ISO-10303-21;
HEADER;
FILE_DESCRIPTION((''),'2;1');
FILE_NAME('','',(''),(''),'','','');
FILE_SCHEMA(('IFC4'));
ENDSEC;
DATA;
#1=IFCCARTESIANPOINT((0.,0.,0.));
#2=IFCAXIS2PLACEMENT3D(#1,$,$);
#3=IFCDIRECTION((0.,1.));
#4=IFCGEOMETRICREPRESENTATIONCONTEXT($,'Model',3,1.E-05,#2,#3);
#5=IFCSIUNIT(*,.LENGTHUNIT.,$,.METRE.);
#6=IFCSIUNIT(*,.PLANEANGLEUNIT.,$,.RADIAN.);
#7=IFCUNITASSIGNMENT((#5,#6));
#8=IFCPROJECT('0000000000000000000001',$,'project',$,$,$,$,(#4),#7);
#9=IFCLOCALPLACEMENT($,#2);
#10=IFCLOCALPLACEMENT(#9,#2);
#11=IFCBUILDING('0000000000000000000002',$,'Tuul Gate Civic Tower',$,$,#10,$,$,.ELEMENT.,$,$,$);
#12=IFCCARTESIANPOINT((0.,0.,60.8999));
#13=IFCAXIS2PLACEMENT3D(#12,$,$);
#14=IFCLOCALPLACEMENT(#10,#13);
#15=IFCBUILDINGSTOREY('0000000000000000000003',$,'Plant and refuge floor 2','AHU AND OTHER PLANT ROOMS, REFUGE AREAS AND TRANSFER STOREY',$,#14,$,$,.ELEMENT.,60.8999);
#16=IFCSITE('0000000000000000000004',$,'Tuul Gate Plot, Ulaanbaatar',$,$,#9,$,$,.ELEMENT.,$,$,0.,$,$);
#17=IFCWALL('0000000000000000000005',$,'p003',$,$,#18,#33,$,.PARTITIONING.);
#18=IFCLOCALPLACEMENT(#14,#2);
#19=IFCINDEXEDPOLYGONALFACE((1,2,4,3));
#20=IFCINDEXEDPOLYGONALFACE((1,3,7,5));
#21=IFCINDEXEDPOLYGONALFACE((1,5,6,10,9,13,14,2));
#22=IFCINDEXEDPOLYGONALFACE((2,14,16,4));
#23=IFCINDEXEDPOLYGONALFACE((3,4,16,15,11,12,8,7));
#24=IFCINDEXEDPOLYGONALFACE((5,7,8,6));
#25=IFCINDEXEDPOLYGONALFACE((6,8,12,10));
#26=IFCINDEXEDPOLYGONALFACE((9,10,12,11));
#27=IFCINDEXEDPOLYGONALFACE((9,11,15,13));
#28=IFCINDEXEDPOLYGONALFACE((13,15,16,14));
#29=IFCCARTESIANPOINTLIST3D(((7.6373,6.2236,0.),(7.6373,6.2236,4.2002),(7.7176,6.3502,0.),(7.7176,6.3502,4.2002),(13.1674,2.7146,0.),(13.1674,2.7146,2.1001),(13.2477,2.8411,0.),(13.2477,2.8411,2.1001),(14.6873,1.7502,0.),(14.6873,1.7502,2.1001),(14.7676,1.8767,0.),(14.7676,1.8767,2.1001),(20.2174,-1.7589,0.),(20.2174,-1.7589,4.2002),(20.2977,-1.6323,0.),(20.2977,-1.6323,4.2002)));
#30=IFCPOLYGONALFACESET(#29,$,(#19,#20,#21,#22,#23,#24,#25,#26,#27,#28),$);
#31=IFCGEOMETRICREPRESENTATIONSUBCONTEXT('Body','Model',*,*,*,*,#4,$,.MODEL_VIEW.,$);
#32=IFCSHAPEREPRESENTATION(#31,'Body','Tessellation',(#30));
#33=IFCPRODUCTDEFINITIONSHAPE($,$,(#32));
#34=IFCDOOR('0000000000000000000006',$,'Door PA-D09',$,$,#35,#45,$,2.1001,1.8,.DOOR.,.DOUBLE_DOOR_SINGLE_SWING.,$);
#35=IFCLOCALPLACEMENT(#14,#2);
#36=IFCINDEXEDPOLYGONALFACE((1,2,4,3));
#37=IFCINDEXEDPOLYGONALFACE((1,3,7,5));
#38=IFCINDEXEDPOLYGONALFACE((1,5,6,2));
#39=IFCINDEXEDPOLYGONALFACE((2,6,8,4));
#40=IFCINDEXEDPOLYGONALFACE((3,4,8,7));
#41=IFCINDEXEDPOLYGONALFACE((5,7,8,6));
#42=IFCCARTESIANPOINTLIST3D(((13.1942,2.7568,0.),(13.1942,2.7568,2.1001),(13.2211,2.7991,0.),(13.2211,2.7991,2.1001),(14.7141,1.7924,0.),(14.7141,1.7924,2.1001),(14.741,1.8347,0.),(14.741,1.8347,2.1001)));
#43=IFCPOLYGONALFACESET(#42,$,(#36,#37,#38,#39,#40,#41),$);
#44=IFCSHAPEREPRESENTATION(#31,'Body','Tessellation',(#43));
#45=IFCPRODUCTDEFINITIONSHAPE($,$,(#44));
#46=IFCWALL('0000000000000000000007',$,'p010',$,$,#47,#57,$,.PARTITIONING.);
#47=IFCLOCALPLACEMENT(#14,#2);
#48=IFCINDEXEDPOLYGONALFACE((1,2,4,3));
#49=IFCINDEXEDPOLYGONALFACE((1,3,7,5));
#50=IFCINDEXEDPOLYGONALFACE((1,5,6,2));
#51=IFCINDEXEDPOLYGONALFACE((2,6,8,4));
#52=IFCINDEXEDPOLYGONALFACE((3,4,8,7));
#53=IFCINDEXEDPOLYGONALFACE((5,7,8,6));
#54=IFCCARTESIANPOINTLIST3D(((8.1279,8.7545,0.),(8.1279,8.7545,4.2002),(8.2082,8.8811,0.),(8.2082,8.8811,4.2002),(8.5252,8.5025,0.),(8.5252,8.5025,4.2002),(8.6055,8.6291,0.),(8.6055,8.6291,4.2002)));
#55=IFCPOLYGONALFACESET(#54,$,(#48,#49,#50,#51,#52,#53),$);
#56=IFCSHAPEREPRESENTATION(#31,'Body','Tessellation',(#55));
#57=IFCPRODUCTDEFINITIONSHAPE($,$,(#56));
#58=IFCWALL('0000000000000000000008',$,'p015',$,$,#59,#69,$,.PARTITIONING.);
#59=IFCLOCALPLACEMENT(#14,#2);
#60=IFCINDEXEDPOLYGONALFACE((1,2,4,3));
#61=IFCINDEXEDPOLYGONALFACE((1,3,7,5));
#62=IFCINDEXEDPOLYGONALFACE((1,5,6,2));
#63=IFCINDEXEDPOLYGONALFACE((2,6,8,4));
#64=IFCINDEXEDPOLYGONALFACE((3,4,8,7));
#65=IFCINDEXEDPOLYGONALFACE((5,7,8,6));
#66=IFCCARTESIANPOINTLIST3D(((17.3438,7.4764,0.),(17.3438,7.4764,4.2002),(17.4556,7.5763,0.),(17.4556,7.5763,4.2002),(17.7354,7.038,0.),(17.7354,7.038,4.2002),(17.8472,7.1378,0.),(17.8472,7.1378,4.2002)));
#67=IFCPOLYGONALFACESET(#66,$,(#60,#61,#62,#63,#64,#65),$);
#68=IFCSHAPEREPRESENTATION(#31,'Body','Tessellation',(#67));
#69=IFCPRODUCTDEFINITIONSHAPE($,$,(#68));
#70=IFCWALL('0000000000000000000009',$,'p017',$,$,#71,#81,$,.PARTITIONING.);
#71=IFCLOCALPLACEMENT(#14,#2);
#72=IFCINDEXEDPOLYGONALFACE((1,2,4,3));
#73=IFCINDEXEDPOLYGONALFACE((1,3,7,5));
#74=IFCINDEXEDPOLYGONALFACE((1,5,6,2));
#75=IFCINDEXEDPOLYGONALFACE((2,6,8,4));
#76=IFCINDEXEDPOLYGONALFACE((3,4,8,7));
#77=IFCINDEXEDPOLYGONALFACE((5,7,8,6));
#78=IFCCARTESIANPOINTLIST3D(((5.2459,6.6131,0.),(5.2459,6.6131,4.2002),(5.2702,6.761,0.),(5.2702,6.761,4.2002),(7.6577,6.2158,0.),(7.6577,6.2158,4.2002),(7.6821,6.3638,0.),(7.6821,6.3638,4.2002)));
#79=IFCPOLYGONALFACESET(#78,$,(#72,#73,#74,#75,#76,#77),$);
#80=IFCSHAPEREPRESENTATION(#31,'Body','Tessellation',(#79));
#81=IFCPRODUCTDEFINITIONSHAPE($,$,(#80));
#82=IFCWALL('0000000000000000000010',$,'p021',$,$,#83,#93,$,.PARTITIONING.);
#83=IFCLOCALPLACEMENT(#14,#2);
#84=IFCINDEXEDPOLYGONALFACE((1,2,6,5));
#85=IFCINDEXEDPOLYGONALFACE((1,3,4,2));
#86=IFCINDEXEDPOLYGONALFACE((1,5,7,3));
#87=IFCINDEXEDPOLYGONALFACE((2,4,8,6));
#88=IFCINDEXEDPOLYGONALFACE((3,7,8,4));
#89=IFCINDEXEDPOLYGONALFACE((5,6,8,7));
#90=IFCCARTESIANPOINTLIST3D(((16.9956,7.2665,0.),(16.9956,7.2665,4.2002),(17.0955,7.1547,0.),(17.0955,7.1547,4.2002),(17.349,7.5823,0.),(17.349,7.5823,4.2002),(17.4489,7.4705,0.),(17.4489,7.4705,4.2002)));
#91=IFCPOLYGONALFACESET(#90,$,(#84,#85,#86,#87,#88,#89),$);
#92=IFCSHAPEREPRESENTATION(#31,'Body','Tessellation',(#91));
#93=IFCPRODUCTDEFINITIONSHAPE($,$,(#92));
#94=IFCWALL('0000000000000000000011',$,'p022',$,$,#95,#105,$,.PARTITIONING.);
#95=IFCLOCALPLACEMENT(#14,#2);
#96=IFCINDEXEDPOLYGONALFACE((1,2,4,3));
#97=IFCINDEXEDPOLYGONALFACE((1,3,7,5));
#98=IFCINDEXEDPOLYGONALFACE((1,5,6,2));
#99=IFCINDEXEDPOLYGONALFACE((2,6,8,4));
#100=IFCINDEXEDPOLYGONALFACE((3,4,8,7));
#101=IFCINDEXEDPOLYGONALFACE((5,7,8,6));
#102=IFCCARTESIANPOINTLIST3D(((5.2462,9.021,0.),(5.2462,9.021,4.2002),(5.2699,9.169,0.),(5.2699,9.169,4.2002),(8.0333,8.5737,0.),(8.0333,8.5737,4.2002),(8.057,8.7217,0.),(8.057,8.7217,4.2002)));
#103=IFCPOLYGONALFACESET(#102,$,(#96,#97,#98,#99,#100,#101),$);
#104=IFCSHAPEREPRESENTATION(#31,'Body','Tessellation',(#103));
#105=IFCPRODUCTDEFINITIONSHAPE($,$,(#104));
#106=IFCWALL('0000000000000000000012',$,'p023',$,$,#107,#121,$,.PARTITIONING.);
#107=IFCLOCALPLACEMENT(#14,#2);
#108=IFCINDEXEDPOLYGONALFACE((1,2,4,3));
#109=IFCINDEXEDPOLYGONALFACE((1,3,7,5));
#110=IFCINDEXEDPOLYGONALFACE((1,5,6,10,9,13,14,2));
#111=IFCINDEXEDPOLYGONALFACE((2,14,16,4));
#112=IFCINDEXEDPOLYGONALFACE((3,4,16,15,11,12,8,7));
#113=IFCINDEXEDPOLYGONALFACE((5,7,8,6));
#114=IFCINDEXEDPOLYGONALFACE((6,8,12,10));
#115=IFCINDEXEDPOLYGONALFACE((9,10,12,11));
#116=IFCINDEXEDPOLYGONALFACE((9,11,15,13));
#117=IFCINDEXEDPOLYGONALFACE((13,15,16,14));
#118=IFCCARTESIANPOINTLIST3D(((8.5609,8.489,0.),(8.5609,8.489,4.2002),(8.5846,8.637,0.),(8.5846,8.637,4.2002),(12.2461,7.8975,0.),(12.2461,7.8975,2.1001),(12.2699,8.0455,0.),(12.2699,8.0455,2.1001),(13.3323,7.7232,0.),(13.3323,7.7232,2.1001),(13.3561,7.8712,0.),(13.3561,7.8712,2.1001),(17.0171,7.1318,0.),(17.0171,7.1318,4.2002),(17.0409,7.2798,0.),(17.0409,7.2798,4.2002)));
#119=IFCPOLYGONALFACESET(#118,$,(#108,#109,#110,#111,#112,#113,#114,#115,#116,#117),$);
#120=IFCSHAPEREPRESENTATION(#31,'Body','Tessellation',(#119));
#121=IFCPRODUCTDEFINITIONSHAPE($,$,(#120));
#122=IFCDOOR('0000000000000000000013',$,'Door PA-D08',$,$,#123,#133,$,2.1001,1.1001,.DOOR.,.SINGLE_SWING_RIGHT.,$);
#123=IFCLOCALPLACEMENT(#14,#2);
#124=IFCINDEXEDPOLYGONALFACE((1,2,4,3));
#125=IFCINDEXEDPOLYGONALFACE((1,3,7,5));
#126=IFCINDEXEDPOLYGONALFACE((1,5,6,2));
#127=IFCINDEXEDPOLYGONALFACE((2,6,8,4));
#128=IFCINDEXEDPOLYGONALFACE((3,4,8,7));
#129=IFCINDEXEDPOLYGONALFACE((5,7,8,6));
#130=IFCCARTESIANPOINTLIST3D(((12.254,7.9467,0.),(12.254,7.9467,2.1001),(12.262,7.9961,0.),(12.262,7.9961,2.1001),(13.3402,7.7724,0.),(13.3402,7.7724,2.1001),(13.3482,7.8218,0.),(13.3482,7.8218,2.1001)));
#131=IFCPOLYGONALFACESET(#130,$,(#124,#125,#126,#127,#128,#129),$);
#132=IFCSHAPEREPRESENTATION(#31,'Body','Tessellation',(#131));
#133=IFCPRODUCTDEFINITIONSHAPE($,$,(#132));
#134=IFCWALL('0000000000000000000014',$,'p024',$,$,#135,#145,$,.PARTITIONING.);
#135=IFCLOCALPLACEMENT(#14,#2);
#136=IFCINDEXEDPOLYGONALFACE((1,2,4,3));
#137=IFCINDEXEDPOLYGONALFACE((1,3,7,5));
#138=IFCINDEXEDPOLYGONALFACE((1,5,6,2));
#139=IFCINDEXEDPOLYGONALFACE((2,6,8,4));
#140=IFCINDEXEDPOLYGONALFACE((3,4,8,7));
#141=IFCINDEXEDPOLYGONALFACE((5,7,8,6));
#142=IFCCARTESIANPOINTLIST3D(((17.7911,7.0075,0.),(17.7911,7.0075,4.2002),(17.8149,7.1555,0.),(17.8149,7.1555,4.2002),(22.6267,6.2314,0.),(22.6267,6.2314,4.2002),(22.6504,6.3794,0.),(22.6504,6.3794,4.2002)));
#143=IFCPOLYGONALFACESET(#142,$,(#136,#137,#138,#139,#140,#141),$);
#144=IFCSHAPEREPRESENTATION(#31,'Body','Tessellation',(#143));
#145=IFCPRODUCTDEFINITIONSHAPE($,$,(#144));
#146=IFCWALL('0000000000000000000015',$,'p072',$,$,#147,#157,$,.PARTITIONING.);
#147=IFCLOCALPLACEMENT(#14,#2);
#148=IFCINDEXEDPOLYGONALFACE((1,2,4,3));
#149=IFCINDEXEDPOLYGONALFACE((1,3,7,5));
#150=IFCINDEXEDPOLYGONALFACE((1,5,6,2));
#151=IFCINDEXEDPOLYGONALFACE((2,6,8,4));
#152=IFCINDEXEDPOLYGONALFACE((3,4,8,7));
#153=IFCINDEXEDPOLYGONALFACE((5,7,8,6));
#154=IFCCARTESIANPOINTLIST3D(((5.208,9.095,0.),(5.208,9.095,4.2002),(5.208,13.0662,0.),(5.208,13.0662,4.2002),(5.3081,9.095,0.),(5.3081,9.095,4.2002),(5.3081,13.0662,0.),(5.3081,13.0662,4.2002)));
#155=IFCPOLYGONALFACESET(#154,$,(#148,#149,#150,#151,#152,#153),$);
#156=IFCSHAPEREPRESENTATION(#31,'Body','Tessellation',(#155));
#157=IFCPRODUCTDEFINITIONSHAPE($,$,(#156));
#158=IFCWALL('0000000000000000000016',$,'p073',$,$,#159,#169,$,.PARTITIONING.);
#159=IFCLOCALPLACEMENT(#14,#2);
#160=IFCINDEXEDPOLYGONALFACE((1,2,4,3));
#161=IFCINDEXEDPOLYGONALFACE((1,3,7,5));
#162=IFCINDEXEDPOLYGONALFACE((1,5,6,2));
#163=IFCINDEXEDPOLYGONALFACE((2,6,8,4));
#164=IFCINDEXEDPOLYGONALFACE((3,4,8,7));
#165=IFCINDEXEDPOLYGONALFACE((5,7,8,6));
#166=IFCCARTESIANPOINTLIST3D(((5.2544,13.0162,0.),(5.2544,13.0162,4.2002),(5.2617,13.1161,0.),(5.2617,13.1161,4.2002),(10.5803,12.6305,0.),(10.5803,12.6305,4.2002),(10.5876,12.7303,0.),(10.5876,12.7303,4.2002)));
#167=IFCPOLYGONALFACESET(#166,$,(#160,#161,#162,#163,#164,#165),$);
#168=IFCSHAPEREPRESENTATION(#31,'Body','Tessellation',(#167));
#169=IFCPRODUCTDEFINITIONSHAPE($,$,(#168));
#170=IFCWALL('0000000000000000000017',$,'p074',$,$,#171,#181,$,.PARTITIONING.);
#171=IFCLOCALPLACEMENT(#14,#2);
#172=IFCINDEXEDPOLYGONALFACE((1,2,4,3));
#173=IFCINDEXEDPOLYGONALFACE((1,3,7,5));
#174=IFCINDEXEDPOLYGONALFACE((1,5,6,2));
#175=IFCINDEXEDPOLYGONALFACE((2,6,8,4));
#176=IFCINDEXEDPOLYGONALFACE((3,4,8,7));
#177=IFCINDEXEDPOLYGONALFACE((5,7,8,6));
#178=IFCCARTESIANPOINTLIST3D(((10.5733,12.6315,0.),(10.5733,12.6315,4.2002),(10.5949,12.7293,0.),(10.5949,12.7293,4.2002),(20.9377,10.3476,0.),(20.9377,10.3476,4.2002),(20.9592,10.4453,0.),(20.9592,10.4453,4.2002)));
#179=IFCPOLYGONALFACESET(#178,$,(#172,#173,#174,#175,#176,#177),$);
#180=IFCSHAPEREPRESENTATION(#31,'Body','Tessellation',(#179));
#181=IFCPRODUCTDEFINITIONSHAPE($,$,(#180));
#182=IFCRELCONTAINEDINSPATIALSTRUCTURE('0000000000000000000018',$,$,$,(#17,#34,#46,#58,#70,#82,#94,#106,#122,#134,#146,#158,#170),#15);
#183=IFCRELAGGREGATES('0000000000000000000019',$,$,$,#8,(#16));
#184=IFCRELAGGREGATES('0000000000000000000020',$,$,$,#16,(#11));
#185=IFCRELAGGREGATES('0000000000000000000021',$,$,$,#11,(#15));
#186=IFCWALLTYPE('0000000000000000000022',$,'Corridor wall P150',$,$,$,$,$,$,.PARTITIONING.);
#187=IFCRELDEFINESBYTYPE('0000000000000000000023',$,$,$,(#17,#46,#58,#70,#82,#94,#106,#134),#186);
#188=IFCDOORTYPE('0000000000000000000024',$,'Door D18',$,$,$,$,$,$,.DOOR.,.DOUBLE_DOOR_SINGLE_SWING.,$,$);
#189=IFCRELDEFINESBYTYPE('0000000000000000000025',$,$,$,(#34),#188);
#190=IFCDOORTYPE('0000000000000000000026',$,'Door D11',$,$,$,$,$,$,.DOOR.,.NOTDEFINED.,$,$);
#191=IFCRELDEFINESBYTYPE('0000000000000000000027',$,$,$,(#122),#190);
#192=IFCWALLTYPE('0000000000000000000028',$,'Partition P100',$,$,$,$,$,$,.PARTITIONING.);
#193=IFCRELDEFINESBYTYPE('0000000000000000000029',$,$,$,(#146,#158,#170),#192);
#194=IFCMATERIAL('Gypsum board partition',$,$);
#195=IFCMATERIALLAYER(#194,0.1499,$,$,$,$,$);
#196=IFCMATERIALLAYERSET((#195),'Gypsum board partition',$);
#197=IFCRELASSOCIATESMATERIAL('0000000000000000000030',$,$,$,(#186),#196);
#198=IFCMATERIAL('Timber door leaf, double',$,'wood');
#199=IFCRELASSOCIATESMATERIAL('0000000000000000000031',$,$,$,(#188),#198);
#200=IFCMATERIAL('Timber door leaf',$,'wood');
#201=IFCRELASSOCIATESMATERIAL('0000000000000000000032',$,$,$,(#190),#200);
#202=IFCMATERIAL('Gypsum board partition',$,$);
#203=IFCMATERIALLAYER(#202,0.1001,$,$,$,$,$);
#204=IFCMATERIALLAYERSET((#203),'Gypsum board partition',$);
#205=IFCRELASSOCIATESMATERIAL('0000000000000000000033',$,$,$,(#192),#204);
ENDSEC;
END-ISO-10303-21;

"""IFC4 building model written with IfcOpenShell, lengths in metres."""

from ifc_helpers import new_model, si_unit, direction, frame, frame_2d, origin, place, context, subcontext, project, spatial, rectangle, extrude, material, layer, layer_set, type_object, element, fill, save


model = new_model("IFC4")

# Units and contexts
model_context = context("Model", 3, precision=1e-05, world=origin(), true_north=direction((0.0, 1.0)))
body_context = subcontext(model_context, "Body", "Model", "MODEL_VIEW")
ifc_project = project(units=[si_unit("LENGTHUNIT", "METRE"), si_unit("PLANEANGLEUNIT", "RADIAN")], contexts=[model_context])

# Site, building, storey
site_placement = place(None, origin())
site = spatial("IfcSite", under=ifc_project, at=site_placement, Name="Tuul Gate Plot, Ulaanbaatar", CompositionType="ELEMENT", RefElevation=0.0)
building_placement = place(site_placement, origin())
building = spatial("IfcBuilding", under=site, at=building_placement, Name="Tuul Gate Civic Tower", CompositionType="ELEMENT")
storey_placement = place(building_placement, frame((0.0, 0.0, 60.8999)))
storey = spatial("IfcBuildingStorey", under=building, at=storey_placement, Name="Plant and refuge floor 2", Description="AHU AND OTHER PLANT ROOMS, REFUGE AREAS AND TRANSFER STOREY", CompositionType="ELEMENT", Elevation=60.8999)

# Wall, opening, door
ifc_material_1 = material(Name="Gypsum board partition")
ifc_layer_1 = layer(ifc_material_1, 0.1499)
ifc_layer_set_1 = layer_set([ifc_layer_1], Name="Gypsum board partition")
wall_type_1 = type_object("IfcWallType", Name="Corridor wall P150", PredefinedType="PARTITIONING", material=ifc_layer_set_1)
wall_1_placement = place(storey_placement, frame((7.6775, 6.2869, 0.0), z_axis=(0.0, 0.0, 1.0), x_axis=(0.844362, -0.535772, 0.0)))
wall_1 = element("IfcWall", 1, at=wall_1_placement, inside=storey, type_object=wall_type_1, Name="p003", PredefinedType="PARTITIONING", context=body_context, shape_type="SweptSolid", body=[
    extrude(rectangle(XDim=14.8989, YDim=0.1499, at=frame_2d((7.4495, 0.0))), origin(), (0.0, 0.0, 1.0), 4.2002),
])
opening_1_placement = place(wall_1_placement, frame((6.5496, 0.0, 0.0)))
opening_1 = element("IfcOpeningElement", 2, at=opening_1_placement, cuts=wall_1, PredefinedType="OPENING", context=body_context, shape_type="SweptSolid", body=[
    extrude(rectangle(XDim=1.8, YDim=2.1001, at=frame_2d((0.8999, 1.05))), frame((0.0, 0.085, 0.0), z_axis=(0.0, -1.0, 0.0), x_axis=(1.0, 0.0, 0.0)), (0.0, 0.0, 1.0), 0.1699),
])
ifc_material_2 = material(Name="Timber door leaf, double", Category="wood")
door_type_1 = type_object("IfcDoorType", Name="Door D18", OperationType="DOUBLE_DOOR_SINGLE_SWING", PredefinedType="DOOR", material=ifc_material_2)
door_1_placement = place(opening_1_placement, frame((1.8, 0.0, 0.0), z_axis=(0.0, 0.0, 1.0), x_axis=(-1.0, 0.0, 0.0)))
door_1 = element("IfcDoor", 3, at=door_1_placement, inside=storey, type_object=door_type_1, Name="Door PA-D09", OperationType="DOUBLE_DOOR_SINGLE_SWING", OverallHeight=2.1001, OverallWidth=1.8, PredefinedType="DOOR", context=body_context, shape_type="SweptSolid", body=[
    extrude(rectangle(XDim=1.8, YDim=2.1001, at=frame_2d((0.9001, 1.05))), frame((0.0, 0.0249, 0.0), z_axis=(0.0, -1.0, 0.0), x_axis=(1.0, 0.0, 0.0)), (0.0, 0.0, 1.0), 0.05),
])
fill(opening_1, door_1)

# Walls
wall_2_placement = place(storey_placement, frame((8.168, 8.8179, 0.0), z_axis=(0.0, 0.0, 1.0), x_axis=(0.844451, -0.535632, 0.0)))
element("IfcWall", 4, at=wall_2_placement, inside=storey, type_object=wall_type_1, Name="p010", PredefinedType="PARTITIONING", context=body_context, shape_type="SweptSolid", body=[
    extrude(rectangle(XDim=0.4705, YDim=0.1499, at=frame_2d((0.2354, 0.0))), origin(), (0.0, 0.0, 1.0), 4.2002),
])
wall_3_placement = place(storey_placement, frame((17.3997, 7.5264, 0.0), z_axis=(0.0, 0.0, 1.0), x_axis=(0.666115, -0.745849, 0.0)))
element("IfcWall", 5, at=wall_3_placement, inside=storey, type_object=wall_type_1, Name="p015", PredefinedType="PARTITIONING", context=body_context, shape_type="SweptSolid", body=[
    extrude(rectangle(XDim=0.5879, YDim=0.1499, at=frame_2d((0.2939, 0.0))), origin(), (0.0, 0.0, 1.0), 4.2002),
])
wall_4_placement = place(storey_placement, frame((5.2581, 6.687, 0.0), z_axis=(0.0, 0.0, 1.0), x_axis=(0.986708, -0.162504, 0.0)))
element("IfcWall", 6, at=wall_4_placement, inside=storey, type_object=wall_type_1, Name="p017", PredefinedType="PARTITIONING", context=body_context, shape_type="SweptSolid", body=[
    extrude(rectangle(XDim=2.4443, YDim=0.1499, at=frame_2d((1.2222, 0.0))), origin(), (0.0, 0.0, 1.0), 4.2002),
])
wall_5_placement = place(storey_placement, frame((17.0457, 7.2107, 0.0), z_axis=(0.0, 0.0, 1.0), x_axis=(0.745672, 0.666313, 0.0)))
element("IfcWall", 7, at=wall_5_placement, inside=storey, type_object=wall_type_1, Name="p021", PredefinedType="PARTITIONING", context=body_context, shape_type="SweptSolid", body=[
    extrude(rectangle(XDim=0.4739, YDim=0.1499, at=frame_2d((0.2368, 0.0))), origin(), (0.0, 0.0, 1.0), 4.2002),
])
wall_6_placement = place(storey_placement, frame((5.2581, 9.095, 0.0), z_axis=(0.0, 0.0, 1.0), x_axis=(0.987367, -0.158449, 0.0)))
element("IfcWall", 8, at=wall_6_placement, inside=storey, type_object=wall_type_1, Name="p022", PredefinedType="PARTITIONING", context=body_context, shape_type="SweptSolid", body=[
    extrude(rectangle(XDim=2.8228, YDim=0.1499, at=frame_2d((1.4114, 0.0))), origin(), (0.0, 0.0, 1.0), 4.2002),
])

# Wall, opening, door
wall_7_placement = place(storey_placement, frame((8.5728, 8.563, 0.0), z_axis=(0.0, 0.0, 1.0), x_axis=(0.987365, -0.158465, 0.0)))
wall_7 = element("IfcWall", 9, at=wall_7_placement, inside=storey, type_object=wall_type_1, Name="p023", PredefinedType="PARTITIONING", context=body_context, shape_type="SweptSolid", body=[
    extrude(rectangle(XDim=8.5645, YDim=0.1499, at=frame_2d((4.2822, 0.0))), origin(), (0.0, 0.0, 1.0), 4.2002),
])
opening_2_placement = place(wall_7_placement, frame((3.7324, 0.0, 0.0)))
opening_2 = element("IfcOpeningElement", 10, at=opening_2_placement, cuts=wall_7, PredefinedType="OPENING", context=body_context, shape_type="SweptSolid", body=[
    extrude(rectangle(XDim=1.1001, YDim=2.1001, at=frame_2d((0.55, 1.05))), frame((0.0, 0.085, 0.0), z_axis=(0.0, -1.0, 0.0), x_axis=(1.0, 0.0, 0.0)), (0.0, 0.0, 1.0), 0.1699),
])
ifc_material_3 = material(Name="Timber door leaf", Category="wood")
door_type_2 = type_object("IfcDoorType", Name="Door D11", OperationType="NOTDEFINED", PredefinedType="DOOR", material=ifc_material_3)
door_2_placement = place(opening_2_placement, origin())
door_2 = element("IfcDoor", 11, at=door_2_placement, inside=storey, type_object=door_type_2, Name="Door PA-D08", OperationType="SINGLE_SWING_RIGHT", OverallHeight=2.1001, OverallWidth=1.1001, PredefinedType="DOOR", context=body_context, shape_type="SweptSolid", body=[
    extrude(rectangle(XDim=1.1001, YDim=2.1001, at=frame_2d((0.55, 1.05))), frame((0.0, 0.0249, 0.0), z_axis=(0.0, -1.0, 0.0), x_axis=(1.0, 0.0, 0.0)), (0.0, 0.0, 1.0), 0.05),
])
fill(opening_2, door_2)

# Walls
wall_8_placement = place(storey_placement, frame((17.803, 7.0815, 0.0), z_axis=(0.0, 0.0, 1.0), x_axis=(0.987364, -0.158471, 0.0)))
element("IfcWall", 12, at=wall_8_placement, inside=storey, type_object=wall_type_1, Name="p024", PredefinedType="PARTITIONING", context=body_context, shape_type="SweptSolid", body=[
    extrude(rectangle(XDim=4.8975, YDim=0.1499, at=frame_2d((2.4487, 0.0))), origin(), (0.0, 0.0, 1.0), 4.2002),
])
ifc_material_4 = material(Name="Gypsum board partition")
ifc_layer_2 = layer(ifc_material_4, 0.1001)
ifc_layer_set_2 = layer_set([ifc_layer_2], Name="Gypsum board partition")
wall_type_2 = type_object("IfcWallType", Name="Partition P100", PredefinedType="PARTITIONING", material=ifc_layer_set_2)
wall_9_placement = place(storey_placement, frame((5.2581, 9.095, 0.0), z_axis=(0.0, 0.0, 1.0), x_axis=(0.0, 1.0, 0.0)))
element("IfcWall", 13, at=wall_9_placement, inside=storey, type_object=wall_type_2, Name="p072", PredefinedType="PARTITIONING", context=body_context, shape_type="SweptSolid", body=[
    extrude(rectangle(XDim=3.9712, YDim=0.1001, at=frame_2d((1.9856, 0.0))), origin(), (0.0, 0.0, 1.0), 4.2002),
])
wall_10_placement = place(storey_placement, frame((5.2581, 13.0662, 0.0), z_axis=(0.0, 0.0, 1.0), x_axis=(0.997387, -0.072238, 0.0)))
element("IfcWall", 14, at=wall_10_placement, inside=storey, type_object=wall_type_2, Name="p073", PredefinedType="PARTITIONING", context=body_context, shape_type="SweptSolid", body=[
    extrude(rectangle(XDim=5.3398, YDim=0.1001, at=frame_2d((2.6699, 0.0))), origin(), (0.0, 0.0, 1.0), 4.2002),
])
wall_11_placement = place(storey_placement, frame((10.584, 12.6804, 0.0), z_axis=(0.0, 0.0, 1.0), x_axis=(0.976569, -0.215203, 0.0)))
element("IfcWall", 15, at=wall_11_placement, inside=storey, type_object=wall_type_2, Name="p074", PredefinedType="PARTITIONING", context=body_context, shape_type="SweptSolid", body=[
    extrude(rectangle(XDim=10.613, YDim=0.1001, at=frame_2d((5.3066, 0.0))), origin(), (0.0, 0.0, 1.0), 4.2002),
])

save(model, "model.ifc")
